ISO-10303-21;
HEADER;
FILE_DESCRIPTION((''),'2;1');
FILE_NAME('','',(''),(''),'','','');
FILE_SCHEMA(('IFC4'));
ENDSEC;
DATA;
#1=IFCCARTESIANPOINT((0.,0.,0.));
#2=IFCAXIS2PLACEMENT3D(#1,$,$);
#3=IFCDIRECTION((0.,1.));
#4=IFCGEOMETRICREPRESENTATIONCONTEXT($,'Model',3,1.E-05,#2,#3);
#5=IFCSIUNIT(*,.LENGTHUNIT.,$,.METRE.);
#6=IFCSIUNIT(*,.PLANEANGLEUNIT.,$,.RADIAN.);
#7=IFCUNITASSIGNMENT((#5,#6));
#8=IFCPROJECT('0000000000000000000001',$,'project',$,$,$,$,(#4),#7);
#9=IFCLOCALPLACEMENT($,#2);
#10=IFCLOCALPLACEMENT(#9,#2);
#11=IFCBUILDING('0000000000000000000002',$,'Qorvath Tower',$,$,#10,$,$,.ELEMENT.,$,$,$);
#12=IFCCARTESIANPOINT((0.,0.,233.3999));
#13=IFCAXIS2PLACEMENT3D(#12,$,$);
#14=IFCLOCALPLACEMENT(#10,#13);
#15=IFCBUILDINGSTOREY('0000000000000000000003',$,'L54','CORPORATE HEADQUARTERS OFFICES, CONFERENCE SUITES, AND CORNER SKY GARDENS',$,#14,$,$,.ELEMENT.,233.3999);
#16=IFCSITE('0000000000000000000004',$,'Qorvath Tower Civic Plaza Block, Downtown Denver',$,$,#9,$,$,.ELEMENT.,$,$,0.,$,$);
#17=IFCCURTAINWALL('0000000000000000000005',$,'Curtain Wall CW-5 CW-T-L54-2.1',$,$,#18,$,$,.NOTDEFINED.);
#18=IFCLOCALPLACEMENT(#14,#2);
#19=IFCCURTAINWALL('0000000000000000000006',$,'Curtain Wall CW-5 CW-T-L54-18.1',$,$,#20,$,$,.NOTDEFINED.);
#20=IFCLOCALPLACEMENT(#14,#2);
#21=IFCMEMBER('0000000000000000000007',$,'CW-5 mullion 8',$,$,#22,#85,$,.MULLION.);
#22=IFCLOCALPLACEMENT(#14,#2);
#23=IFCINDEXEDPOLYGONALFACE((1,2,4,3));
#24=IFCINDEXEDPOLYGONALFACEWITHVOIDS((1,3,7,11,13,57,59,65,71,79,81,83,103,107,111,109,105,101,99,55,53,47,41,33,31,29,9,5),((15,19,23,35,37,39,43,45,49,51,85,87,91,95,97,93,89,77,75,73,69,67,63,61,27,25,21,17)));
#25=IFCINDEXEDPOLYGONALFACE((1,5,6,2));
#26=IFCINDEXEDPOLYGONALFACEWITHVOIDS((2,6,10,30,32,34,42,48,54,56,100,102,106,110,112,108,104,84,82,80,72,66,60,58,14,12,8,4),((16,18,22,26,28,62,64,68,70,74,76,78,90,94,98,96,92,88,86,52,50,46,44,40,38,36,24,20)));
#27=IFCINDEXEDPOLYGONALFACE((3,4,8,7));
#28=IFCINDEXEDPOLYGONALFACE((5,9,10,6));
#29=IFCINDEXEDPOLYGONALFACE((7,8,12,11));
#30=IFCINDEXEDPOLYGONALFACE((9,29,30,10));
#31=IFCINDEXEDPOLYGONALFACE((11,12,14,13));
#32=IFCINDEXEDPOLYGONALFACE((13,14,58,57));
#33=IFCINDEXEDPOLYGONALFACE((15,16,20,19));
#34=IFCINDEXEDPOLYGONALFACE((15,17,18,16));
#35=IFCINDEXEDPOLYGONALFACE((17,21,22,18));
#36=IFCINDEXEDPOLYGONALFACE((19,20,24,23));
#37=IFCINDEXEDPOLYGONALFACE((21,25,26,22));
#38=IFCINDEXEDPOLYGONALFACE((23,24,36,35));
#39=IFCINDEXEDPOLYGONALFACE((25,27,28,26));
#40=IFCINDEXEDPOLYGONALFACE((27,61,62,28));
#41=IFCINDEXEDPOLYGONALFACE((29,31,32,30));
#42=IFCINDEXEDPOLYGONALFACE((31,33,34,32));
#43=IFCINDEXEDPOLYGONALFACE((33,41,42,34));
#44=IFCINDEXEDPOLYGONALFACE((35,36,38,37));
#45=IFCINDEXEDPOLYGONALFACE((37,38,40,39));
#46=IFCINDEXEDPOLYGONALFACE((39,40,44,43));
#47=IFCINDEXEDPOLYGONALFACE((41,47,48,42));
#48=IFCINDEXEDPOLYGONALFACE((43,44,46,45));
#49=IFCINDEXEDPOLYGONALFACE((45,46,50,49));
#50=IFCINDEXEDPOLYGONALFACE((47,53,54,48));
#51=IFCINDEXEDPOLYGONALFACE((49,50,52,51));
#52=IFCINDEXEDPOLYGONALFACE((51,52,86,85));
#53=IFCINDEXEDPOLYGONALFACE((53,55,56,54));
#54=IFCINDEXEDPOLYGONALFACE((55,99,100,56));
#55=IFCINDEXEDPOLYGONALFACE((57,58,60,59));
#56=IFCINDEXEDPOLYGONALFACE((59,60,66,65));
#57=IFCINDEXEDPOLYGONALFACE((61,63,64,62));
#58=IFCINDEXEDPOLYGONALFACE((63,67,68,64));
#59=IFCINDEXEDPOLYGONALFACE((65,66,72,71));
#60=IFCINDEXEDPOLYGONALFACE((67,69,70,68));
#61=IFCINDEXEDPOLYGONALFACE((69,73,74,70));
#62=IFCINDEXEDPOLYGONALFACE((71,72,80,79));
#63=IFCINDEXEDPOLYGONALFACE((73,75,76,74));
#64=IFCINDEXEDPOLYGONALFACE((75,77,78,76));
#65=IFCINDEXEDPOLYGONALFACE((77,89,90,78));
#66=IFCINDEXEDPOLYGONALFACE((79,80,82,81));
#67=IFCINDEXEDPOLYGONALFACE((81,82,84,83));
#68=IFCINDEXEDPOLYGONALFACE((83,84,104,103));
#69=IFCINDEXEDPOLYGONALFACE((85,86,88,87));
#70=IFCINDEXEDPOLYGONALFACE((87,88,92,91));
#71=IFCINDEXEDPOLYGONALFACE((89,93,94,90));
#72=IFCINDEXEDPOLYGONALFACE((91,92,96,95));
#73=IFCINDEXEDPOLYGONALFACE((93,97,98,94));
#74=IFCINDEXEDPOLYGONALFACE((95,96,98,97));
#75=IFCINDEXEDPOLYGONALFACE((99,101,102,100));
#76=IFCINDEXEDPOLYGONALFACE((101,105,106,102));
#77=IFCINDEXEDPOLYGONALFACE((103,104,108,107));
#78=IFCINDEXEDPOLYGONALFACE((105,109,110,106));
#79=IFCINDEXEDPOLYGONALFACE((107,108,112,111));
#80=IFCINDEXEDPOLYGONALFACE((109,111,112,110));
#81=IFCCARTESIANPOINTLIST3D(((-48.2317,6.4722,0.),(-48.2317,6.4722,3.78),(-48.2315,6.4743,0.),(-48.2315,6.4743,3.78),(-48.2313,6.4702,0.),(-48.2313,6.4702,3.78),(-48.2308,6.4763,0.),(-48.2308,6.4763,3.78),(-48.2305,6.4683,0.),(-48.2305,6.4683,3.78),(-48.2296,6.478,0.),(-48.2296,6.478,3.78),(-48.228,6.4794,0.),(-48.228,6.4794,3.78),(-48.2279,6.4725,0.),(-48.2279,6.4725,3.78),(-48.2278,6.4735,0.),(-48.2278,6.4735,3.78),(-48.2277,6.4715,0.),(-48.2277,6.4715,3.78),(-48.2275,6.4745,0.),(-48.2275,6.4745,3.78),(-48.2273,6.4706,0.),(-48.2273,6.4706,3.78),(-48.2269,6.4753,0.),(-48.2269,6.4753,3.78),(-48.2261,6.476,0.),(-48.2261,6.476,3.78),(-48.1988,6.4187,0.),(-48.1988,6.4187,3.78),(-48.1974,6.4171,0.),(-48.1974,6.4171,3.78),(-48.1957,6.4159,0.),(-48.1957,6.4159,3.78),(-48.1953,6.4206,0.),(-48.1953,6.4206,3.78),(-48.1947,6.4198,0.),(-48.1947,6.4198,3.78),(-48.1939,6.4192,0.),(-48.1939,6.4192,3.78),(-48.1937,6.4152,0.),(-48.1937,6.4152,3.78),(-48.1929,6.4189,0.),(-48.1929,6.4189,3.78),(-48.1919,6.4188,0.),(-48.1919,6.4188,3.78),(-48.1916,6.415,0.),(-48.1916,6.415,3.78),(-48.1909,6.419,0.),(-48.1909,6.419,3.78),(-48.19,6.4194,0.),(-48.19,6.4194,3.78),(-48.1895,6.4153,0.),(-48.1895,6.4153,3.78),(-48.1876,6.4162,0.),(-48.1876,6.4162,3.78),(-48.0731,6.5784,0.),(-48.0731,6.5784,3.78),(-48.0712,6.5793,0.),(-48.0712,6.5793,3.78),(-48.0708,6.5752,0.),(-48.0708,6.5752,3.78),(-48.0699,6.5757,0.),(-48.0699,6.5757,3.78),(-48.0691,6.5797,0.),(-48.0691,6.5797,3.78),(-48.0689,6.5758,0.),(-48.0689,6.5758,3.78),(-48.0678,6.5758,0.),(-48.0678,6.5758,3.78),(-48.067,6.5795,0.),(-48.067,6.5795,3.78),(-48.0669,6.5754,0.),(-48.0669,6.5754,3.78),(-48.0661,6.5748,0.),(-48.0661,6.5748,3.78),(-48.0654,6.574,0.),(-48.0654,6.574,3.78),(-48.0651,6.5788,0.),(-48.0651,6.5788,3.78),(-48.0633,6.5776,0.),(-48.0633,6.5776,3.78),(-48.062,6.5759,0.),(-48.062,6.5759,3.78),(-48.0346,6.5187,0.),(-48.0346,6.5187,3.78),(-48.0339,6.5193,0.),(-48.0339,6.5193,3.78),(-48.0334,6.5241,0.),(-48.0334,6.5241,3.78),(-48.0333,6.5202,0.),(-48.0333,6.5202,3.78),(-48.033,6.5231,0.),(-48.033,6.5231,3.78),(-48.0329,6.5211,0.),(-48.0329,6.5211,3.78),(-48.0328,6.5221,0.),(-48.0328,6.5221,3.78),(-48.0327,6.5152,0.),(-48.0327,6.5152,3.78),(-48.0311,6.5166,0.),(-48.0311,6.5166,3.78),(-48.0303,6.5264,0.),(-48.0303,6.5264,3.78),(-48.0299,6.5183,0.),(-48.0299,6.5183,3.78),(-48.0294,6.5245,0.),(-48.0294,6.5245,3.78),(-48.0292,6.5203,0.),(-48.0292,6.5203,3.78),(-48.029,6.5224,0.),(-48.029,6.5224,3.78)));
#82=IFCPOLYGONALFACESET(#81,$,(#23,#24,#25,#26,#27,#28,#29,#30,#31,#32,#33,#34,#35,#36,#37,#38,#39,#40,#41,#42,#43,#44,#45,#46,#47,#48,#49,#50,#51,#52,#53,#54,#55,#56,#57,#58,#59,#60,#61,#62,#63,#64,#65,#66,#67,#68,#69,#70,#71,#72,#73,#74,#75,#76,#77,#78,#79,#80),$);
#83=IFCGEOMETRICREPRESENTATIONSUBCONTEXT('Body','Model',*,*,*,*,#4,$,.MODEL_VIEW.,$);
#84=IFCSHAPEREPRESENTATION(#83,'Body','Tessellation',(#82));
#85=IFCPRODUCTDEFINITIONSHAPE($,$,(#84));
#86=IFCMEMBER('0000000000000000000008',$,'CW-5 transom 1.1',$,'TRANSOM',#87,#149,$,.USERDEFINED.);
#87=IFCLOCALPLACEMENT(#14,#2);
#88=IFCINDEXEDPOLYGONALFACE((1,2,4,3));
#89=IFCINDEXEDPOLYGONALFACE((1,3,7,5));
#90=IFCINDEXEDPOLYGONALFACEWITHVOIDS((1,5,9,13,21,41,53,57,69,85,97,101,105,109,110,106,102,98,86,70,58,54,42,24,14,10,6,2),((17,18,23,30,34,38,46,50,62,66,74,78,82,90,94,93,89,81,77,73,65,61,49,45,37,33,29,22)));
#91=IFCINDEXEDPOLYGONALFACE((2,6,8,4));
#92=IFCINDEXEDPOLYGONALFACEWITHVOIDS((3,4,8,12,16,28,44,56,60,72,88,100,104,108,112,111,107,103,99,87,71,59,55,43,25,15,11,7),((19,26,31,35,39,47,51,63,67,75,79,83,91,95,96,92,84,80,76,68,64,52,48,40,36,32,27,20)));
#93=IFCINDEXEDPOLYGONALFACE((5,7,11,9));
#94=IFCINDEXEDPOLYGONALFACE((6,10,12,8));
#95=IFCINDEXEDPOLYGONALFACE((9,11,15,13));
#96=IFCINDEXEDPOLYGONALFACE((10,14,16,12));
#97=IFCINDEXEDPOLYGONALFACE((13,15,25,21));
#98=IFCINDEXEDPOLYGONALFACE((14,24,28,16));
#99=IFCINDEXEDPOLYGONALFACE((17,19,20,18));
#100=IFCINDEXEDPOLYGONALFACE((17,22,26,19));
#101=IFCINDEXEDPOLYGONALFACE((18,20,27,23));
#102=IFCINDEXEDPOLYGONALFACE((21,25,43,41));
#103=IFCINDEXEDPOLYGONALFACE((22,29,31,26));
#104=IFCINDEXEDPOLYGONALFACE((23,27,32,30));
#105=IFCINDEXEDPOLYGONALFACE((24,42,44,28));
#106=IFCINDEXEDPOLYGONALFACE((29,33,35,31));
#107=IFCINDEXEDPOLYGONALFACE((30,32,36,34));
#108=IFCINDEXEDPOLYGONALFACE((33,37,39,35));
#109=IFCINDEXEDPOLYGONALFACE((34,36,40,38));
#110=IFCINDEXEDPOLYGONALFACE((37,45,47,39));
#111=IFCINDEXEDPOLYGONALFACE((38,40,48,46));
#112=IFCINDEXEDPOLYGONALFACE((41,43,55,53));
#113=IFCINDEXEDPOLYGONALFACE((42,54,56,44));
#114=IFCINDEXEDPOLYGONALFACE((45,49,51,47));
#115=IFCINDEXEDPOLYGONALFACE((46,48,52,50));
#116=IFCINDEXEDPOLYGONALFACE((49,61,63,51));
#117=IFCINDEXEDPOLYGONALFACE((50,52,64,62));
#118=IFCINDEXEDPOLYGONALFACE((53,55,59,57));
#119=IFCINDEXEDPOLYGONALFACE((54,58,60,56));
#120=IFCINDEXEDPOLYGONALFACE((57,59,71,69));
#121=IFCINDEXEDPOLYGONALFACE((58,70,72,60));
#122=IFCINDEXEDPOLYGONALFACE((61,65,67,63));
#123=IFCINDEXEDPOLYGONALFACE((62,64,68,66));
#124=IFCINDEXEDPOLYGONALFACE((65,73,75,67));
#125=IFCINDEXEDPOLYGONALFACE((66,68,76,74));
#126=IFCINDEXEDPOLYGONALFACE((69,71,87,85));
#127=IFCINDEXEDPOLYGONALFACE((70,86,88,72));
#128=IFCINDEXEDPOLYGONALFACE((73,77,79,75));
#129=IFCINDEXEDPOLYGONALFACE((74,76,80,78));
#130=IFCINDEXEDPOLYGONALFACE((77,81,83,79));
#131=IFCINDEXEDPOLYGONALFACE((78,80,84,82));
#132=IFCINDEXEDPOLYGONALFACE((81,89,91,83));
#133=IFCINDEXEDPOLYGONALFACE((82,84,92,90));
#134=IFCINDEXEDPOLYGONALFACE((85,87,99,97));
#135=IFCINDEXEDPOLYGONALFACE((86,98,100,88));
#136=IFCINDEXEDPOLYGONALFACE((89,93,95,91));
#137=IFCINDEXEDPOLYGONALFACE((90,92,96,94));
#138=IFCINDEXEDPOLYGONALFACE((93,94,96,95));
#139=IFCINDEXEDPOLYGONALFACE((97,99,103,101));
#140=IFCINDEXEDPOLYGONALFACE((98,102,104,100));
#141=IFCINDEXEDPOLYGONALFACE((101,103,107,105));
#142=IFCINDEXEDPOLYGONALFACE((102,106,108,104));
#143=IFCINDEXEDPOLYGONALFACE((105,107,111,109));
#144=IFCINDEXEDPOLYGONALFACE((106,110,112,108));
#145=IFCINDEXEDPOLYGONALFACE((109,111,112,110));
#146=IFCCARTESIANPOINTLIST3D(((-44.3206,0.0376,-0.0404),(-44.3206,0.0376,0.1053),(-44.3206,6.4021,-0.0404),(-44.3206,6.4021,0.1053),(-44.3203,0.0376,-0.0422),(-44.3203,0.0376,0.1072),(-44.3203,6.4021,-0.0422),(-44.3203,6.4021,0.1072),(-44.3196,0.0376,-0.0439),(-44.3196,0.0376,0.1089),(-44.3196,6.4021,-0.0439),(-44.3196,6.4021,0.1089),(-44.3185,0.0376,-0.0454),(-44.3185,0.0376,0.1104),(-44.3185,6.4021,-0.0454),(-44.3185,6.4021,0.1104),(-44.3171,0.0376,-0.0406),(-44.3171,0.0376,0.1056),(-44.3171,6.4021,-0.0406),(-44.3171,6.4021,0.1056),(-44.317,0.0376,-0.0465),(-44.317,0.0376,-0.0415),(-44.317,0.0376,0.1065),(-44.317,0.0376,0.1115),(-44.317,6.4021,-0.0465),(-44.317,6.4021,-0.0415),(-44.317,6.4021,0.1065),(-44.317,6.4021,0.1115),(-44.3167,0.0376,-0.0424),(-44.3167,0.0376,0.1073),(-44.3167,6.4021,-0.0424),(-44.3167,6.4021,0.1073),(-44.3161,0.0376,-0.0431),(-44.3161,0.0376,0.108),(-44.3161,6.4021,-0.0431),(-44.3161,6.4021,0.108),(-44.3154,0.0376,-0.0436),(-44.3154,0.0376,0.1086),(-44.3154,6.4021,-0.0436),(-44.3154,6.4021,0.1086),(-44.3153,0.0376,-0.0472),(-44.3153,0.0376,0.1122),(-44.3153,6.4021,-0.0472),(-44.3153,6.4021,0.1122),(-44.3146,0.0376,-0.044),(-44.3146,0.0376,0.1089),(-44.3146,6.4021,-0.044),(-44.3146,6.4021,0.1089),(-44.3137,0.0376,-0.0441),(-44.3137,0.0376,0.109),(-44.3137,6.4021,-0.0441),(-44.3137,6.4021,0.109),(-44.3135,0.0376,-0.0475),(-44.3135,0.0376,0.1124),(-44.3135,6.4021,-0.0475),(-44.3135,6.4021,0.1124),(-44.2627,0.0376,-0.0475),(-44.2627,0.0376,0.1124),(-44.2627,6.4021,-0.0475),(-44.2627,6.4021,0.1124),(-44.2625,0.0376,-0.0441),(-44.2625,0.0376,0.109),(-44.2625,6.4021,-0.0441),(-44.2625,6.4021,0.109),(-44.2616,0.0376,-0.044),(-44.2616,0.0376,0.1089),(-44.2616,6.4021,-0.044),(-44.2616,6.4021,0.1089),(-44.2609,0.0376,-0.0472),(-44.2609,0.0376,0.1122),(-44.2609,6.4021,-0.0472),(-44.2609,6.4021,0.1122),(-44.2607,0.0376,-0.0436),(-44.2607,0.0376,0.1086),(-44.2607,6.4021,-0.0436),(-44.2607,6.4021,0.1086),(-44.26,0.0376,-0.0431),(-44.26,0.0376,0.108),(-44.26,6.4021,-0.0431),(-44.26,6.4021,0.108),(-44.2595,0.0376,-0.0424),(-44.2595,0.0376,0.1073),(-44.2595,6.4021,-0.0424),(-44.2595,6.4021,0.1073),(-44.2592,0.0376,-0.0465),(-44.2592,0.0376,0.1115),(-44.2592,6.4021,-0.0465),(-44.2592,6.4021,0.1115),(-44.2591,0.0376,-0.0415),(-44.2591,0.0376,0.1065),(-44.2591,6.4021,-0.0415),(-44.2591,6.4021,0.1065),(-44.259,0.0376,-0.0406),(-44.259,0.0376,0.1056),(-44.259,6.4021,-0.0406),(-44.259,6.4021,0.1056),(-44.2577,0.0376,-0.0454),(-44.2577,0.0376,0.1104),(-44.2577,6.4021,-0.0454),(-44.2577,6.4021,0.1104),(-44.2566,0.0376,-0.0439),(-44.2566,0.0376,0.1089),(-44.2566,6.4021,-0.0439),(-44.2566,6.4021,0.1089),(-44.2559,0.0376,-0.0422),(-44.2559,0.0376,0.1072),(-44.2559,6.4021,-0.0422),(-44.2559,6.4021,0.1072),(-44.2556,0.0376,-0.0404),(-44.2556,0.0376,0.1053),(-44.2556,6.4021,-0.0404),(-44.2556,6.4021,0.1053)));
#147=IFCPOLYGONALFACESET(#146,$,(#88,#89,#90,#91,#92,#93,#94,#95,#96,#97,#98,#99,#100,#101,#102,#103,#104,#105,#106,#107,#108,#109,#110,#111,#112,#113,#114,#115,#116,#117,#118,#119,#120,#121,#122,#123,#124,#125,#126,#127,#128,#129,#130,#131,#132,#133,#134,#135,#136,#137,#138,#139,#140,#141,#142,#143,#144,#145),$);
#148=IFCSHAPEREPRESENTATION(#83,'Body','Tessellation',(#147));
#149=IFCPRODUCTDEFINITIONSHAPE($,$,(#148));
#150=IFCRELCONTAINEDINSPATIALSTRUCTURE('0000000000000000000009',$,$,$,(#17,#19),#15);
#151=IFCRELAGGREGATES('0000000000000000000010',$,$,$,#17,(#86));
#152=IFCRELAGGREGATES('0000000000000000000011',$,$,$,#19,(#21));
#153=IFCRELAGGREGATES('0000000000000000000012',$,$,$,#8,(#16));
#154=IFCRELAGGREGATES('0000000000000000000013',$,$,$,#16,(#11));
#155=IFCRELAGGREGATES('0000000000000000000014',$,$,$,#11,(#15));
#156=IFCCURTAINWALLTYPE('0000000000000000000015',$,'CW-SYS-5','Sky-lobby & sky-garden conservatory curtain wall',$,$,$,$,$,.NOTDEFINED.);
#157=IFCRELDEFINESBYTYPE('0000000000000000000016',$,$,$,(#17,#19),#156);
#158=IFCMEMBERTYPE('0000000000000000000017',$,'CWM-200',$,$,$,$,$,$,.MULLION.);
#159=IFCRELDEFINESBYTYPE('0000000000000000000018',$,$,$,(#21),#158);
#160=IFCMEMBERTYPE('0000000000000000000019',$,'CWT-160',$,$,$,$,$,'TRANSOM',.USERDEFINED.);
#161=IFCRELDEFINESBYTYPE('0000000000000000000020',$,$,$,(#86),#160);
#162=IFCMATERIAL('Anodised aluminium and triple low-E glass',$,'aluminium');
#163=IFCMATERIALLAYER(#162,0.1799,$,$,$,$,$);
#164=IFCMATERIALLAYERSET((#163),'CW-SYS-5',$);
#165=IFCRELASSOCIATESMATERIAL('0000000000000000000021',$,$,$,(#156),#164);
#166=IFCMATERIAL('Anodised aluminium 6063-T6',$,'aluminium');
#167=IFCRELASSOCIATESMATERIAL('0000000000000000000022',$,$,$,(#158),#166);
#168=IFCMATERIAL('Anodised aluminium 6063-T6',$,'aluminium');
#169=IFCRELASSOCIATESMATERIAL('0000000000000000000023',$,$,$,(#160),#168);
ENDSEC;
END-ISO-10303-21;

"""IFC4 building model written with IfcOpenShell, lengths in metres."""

from ifc_helpers import new_model, si_unit, direction, frame, origin, origin_2d, place, context, subcontext, project, spatial, hollow_rectangle, extrude, material, layer, layer_set, material_profile, profile_set, type_object, element, aggregate, save


model = new_model("IFC4")

# Units and contexts
model_context = context("Model", 3, precision=1e-05, world=origin(), true_north=direction((0.0, 1.0)))
body_context = subcontext(model_context, "Body", "Model", "MODEL_VIEW")
ifc_project = project(units=[si_unit("LENGTHUNIT", "METRE"), si_unit("PLANEANGLEUNIT", "RADIAN")], contexts=[model_context])

# Site, building, storey
site_placement = place(None, origin())
site = spatial("IfcSite", under=ifc_project, at=site_placement, Name="Qorvath Tower Civic Plaza Block, Downtown Denver", CompositionType="ELEMENT", RefElevation=0.0)
building_placement = place(site_placement, origin())
building = spatial("IfcBuilding", under=site, at=building_placement, Name="Qorvath Tower", CompositionType="ELEMENT")
storey_placement = place(building_placement, frame((0.0, 0.0, 233.3999)))
storey = spatial("IfcBuildingStorey", under=building, at=storey_placement, Name="L54", Description="CORPORATE HEADQUARTERS OFFICES, CONFERENCE SUITES, AND CORNER SKY GARDENS", CompositionType="ELEMENT", Elevation=233.3999)

# Curtain walls, member
ifc_material_1 = material(Name="Anodised aluminium and triple low-E glass", Category="aluminium")
ifc_layer_1 = layer(ifc_material_1, 0.1799)
ifc_layer_set_1 = layer_set([ifc_layer_1], Name="CW-SYS-5")
curtain_wall_type = type_object("IfcCurtainWallType", Name="CW-SYS-5", Description="Sky-lobby & sky-garden conservatory curtain wall", PredefinedType="NOTDEFINED", material=ifc_layer_set_1)
curtain_wall_1_placement = place(storey_placement, origin())
curtain_wall_1 = element("IfcCurtainWall", 1, at=curtain_wall_1_placement, inside=storey, type_object=curtain_wall_type, Name="Curtain Wall CW-5 CW-T-L54-2.1", PredefinedType="NOTDEFINED")
ifc_material_2 = material(Name="Anodised aluminium 6063-T6", Category="aluminium")
ifc_material_profile_1 = material_profile(ifc_material_2, hollow_rectangle(XDim=0.075, YDim=0.2, WallThickness=0.0039, InnerFilletRadius=0.0039, OuterFilletRadius=0.0081, at=origin_2d()), Name="CWM 200x75")
ifc_profile_set_1 = profile_set([ifc_material_profile_1], Name="Anodised aluminium 6063-T6")
member_type_1 = type_object("IfcMemberType", Name="CWM-200", PredefinedType="MULLION", material=ifc_profile_set_1)
curtain_wall_2_placement = place(storey_placement, origin())
curtain_wall_2 = element("IfcCurtainWall", 2, at=curtain_wall_2_placement, inside=storey, type_object=curtain_wall_type, Name="Curtain Wall CW-5 CW-T-L54-18.1", PredefinedType="NOTDEFINED")
member_1_placement = place(storey_placement, frame((-48.1304, 6.4973, 0.0), z_axis=(0.0, 0.0, 1.0), x_axis=(0.538528, -0.842607, 0.0)))
member_1 = element("IfcMember", 3, at=member_1_placement, type_object=member_type_1, Name="CW-5 mullion 8", PredefinedType="MULLION", context=body_context, shape_type="SweptSolid", body=[
    extrude(hollow_rectangle(XDim=0.075, YDim=0.2, WallThickness=0.0039, InnerFilletRadius=0.0039, OuterFilletRadius=0.0081, at=origin_2d()), origin(), (0.0, 0.0, 1.0), 3.78),
])

# Member
ifc_material_3 = material(Name="Anodised aluminium 6063-T6", Category="aluminium")
ifc_material_profile_2 = material_profile(ifc_material_3, hollow_rectangle(XDim=0.0649, YDim=0.1599, WallThickness=0.0034, InnerFilletRadius=0.0034, OuterFilletRadius=0.0071, at=origin_2d()), Name="CWT 160x65")
ifc_profile_set_2 = profile_set([ifc_material_profile_2], Name="Anodised aluminium 6063-T6")
member_type_2 = type_object("IfcMemberType", Name="CWT-160", ElementType="TRANSOM", PredefinedType="USERDEFINED", material=ifc_profile_set_2)
member_2_placement = place(storey_placement, frame((-44.2881, 6.4021, 0.0325), z_axis=(0.0, -1.0, 0.0), x_axis=(1.0, 0.0, 0.0)))
member_2 = element("IfcMember", 4, at=member_2_placement, type_object=member_type_2, Name="CW-5 transom 1.1", ObjectType="TRANSOM", PredefinedType="USERDEFINED", context=body_context, shape_type="SweptSolid", body=[
    extrude(hollow_rectangle(XDim=0.0649, YDim=0.1599, WallThickness=0.0034, InnerFilletRadius=0.0034, OuterFilletRadius=0.0071, at=origin_2d()), origin(), (0.0, 0.0, 1.0), 6.3645),
])

aggregate(curtain_wall_1, [member_2])
aggregate(curtain_wall_2, [member_1])

save(model, "model.ifc")
